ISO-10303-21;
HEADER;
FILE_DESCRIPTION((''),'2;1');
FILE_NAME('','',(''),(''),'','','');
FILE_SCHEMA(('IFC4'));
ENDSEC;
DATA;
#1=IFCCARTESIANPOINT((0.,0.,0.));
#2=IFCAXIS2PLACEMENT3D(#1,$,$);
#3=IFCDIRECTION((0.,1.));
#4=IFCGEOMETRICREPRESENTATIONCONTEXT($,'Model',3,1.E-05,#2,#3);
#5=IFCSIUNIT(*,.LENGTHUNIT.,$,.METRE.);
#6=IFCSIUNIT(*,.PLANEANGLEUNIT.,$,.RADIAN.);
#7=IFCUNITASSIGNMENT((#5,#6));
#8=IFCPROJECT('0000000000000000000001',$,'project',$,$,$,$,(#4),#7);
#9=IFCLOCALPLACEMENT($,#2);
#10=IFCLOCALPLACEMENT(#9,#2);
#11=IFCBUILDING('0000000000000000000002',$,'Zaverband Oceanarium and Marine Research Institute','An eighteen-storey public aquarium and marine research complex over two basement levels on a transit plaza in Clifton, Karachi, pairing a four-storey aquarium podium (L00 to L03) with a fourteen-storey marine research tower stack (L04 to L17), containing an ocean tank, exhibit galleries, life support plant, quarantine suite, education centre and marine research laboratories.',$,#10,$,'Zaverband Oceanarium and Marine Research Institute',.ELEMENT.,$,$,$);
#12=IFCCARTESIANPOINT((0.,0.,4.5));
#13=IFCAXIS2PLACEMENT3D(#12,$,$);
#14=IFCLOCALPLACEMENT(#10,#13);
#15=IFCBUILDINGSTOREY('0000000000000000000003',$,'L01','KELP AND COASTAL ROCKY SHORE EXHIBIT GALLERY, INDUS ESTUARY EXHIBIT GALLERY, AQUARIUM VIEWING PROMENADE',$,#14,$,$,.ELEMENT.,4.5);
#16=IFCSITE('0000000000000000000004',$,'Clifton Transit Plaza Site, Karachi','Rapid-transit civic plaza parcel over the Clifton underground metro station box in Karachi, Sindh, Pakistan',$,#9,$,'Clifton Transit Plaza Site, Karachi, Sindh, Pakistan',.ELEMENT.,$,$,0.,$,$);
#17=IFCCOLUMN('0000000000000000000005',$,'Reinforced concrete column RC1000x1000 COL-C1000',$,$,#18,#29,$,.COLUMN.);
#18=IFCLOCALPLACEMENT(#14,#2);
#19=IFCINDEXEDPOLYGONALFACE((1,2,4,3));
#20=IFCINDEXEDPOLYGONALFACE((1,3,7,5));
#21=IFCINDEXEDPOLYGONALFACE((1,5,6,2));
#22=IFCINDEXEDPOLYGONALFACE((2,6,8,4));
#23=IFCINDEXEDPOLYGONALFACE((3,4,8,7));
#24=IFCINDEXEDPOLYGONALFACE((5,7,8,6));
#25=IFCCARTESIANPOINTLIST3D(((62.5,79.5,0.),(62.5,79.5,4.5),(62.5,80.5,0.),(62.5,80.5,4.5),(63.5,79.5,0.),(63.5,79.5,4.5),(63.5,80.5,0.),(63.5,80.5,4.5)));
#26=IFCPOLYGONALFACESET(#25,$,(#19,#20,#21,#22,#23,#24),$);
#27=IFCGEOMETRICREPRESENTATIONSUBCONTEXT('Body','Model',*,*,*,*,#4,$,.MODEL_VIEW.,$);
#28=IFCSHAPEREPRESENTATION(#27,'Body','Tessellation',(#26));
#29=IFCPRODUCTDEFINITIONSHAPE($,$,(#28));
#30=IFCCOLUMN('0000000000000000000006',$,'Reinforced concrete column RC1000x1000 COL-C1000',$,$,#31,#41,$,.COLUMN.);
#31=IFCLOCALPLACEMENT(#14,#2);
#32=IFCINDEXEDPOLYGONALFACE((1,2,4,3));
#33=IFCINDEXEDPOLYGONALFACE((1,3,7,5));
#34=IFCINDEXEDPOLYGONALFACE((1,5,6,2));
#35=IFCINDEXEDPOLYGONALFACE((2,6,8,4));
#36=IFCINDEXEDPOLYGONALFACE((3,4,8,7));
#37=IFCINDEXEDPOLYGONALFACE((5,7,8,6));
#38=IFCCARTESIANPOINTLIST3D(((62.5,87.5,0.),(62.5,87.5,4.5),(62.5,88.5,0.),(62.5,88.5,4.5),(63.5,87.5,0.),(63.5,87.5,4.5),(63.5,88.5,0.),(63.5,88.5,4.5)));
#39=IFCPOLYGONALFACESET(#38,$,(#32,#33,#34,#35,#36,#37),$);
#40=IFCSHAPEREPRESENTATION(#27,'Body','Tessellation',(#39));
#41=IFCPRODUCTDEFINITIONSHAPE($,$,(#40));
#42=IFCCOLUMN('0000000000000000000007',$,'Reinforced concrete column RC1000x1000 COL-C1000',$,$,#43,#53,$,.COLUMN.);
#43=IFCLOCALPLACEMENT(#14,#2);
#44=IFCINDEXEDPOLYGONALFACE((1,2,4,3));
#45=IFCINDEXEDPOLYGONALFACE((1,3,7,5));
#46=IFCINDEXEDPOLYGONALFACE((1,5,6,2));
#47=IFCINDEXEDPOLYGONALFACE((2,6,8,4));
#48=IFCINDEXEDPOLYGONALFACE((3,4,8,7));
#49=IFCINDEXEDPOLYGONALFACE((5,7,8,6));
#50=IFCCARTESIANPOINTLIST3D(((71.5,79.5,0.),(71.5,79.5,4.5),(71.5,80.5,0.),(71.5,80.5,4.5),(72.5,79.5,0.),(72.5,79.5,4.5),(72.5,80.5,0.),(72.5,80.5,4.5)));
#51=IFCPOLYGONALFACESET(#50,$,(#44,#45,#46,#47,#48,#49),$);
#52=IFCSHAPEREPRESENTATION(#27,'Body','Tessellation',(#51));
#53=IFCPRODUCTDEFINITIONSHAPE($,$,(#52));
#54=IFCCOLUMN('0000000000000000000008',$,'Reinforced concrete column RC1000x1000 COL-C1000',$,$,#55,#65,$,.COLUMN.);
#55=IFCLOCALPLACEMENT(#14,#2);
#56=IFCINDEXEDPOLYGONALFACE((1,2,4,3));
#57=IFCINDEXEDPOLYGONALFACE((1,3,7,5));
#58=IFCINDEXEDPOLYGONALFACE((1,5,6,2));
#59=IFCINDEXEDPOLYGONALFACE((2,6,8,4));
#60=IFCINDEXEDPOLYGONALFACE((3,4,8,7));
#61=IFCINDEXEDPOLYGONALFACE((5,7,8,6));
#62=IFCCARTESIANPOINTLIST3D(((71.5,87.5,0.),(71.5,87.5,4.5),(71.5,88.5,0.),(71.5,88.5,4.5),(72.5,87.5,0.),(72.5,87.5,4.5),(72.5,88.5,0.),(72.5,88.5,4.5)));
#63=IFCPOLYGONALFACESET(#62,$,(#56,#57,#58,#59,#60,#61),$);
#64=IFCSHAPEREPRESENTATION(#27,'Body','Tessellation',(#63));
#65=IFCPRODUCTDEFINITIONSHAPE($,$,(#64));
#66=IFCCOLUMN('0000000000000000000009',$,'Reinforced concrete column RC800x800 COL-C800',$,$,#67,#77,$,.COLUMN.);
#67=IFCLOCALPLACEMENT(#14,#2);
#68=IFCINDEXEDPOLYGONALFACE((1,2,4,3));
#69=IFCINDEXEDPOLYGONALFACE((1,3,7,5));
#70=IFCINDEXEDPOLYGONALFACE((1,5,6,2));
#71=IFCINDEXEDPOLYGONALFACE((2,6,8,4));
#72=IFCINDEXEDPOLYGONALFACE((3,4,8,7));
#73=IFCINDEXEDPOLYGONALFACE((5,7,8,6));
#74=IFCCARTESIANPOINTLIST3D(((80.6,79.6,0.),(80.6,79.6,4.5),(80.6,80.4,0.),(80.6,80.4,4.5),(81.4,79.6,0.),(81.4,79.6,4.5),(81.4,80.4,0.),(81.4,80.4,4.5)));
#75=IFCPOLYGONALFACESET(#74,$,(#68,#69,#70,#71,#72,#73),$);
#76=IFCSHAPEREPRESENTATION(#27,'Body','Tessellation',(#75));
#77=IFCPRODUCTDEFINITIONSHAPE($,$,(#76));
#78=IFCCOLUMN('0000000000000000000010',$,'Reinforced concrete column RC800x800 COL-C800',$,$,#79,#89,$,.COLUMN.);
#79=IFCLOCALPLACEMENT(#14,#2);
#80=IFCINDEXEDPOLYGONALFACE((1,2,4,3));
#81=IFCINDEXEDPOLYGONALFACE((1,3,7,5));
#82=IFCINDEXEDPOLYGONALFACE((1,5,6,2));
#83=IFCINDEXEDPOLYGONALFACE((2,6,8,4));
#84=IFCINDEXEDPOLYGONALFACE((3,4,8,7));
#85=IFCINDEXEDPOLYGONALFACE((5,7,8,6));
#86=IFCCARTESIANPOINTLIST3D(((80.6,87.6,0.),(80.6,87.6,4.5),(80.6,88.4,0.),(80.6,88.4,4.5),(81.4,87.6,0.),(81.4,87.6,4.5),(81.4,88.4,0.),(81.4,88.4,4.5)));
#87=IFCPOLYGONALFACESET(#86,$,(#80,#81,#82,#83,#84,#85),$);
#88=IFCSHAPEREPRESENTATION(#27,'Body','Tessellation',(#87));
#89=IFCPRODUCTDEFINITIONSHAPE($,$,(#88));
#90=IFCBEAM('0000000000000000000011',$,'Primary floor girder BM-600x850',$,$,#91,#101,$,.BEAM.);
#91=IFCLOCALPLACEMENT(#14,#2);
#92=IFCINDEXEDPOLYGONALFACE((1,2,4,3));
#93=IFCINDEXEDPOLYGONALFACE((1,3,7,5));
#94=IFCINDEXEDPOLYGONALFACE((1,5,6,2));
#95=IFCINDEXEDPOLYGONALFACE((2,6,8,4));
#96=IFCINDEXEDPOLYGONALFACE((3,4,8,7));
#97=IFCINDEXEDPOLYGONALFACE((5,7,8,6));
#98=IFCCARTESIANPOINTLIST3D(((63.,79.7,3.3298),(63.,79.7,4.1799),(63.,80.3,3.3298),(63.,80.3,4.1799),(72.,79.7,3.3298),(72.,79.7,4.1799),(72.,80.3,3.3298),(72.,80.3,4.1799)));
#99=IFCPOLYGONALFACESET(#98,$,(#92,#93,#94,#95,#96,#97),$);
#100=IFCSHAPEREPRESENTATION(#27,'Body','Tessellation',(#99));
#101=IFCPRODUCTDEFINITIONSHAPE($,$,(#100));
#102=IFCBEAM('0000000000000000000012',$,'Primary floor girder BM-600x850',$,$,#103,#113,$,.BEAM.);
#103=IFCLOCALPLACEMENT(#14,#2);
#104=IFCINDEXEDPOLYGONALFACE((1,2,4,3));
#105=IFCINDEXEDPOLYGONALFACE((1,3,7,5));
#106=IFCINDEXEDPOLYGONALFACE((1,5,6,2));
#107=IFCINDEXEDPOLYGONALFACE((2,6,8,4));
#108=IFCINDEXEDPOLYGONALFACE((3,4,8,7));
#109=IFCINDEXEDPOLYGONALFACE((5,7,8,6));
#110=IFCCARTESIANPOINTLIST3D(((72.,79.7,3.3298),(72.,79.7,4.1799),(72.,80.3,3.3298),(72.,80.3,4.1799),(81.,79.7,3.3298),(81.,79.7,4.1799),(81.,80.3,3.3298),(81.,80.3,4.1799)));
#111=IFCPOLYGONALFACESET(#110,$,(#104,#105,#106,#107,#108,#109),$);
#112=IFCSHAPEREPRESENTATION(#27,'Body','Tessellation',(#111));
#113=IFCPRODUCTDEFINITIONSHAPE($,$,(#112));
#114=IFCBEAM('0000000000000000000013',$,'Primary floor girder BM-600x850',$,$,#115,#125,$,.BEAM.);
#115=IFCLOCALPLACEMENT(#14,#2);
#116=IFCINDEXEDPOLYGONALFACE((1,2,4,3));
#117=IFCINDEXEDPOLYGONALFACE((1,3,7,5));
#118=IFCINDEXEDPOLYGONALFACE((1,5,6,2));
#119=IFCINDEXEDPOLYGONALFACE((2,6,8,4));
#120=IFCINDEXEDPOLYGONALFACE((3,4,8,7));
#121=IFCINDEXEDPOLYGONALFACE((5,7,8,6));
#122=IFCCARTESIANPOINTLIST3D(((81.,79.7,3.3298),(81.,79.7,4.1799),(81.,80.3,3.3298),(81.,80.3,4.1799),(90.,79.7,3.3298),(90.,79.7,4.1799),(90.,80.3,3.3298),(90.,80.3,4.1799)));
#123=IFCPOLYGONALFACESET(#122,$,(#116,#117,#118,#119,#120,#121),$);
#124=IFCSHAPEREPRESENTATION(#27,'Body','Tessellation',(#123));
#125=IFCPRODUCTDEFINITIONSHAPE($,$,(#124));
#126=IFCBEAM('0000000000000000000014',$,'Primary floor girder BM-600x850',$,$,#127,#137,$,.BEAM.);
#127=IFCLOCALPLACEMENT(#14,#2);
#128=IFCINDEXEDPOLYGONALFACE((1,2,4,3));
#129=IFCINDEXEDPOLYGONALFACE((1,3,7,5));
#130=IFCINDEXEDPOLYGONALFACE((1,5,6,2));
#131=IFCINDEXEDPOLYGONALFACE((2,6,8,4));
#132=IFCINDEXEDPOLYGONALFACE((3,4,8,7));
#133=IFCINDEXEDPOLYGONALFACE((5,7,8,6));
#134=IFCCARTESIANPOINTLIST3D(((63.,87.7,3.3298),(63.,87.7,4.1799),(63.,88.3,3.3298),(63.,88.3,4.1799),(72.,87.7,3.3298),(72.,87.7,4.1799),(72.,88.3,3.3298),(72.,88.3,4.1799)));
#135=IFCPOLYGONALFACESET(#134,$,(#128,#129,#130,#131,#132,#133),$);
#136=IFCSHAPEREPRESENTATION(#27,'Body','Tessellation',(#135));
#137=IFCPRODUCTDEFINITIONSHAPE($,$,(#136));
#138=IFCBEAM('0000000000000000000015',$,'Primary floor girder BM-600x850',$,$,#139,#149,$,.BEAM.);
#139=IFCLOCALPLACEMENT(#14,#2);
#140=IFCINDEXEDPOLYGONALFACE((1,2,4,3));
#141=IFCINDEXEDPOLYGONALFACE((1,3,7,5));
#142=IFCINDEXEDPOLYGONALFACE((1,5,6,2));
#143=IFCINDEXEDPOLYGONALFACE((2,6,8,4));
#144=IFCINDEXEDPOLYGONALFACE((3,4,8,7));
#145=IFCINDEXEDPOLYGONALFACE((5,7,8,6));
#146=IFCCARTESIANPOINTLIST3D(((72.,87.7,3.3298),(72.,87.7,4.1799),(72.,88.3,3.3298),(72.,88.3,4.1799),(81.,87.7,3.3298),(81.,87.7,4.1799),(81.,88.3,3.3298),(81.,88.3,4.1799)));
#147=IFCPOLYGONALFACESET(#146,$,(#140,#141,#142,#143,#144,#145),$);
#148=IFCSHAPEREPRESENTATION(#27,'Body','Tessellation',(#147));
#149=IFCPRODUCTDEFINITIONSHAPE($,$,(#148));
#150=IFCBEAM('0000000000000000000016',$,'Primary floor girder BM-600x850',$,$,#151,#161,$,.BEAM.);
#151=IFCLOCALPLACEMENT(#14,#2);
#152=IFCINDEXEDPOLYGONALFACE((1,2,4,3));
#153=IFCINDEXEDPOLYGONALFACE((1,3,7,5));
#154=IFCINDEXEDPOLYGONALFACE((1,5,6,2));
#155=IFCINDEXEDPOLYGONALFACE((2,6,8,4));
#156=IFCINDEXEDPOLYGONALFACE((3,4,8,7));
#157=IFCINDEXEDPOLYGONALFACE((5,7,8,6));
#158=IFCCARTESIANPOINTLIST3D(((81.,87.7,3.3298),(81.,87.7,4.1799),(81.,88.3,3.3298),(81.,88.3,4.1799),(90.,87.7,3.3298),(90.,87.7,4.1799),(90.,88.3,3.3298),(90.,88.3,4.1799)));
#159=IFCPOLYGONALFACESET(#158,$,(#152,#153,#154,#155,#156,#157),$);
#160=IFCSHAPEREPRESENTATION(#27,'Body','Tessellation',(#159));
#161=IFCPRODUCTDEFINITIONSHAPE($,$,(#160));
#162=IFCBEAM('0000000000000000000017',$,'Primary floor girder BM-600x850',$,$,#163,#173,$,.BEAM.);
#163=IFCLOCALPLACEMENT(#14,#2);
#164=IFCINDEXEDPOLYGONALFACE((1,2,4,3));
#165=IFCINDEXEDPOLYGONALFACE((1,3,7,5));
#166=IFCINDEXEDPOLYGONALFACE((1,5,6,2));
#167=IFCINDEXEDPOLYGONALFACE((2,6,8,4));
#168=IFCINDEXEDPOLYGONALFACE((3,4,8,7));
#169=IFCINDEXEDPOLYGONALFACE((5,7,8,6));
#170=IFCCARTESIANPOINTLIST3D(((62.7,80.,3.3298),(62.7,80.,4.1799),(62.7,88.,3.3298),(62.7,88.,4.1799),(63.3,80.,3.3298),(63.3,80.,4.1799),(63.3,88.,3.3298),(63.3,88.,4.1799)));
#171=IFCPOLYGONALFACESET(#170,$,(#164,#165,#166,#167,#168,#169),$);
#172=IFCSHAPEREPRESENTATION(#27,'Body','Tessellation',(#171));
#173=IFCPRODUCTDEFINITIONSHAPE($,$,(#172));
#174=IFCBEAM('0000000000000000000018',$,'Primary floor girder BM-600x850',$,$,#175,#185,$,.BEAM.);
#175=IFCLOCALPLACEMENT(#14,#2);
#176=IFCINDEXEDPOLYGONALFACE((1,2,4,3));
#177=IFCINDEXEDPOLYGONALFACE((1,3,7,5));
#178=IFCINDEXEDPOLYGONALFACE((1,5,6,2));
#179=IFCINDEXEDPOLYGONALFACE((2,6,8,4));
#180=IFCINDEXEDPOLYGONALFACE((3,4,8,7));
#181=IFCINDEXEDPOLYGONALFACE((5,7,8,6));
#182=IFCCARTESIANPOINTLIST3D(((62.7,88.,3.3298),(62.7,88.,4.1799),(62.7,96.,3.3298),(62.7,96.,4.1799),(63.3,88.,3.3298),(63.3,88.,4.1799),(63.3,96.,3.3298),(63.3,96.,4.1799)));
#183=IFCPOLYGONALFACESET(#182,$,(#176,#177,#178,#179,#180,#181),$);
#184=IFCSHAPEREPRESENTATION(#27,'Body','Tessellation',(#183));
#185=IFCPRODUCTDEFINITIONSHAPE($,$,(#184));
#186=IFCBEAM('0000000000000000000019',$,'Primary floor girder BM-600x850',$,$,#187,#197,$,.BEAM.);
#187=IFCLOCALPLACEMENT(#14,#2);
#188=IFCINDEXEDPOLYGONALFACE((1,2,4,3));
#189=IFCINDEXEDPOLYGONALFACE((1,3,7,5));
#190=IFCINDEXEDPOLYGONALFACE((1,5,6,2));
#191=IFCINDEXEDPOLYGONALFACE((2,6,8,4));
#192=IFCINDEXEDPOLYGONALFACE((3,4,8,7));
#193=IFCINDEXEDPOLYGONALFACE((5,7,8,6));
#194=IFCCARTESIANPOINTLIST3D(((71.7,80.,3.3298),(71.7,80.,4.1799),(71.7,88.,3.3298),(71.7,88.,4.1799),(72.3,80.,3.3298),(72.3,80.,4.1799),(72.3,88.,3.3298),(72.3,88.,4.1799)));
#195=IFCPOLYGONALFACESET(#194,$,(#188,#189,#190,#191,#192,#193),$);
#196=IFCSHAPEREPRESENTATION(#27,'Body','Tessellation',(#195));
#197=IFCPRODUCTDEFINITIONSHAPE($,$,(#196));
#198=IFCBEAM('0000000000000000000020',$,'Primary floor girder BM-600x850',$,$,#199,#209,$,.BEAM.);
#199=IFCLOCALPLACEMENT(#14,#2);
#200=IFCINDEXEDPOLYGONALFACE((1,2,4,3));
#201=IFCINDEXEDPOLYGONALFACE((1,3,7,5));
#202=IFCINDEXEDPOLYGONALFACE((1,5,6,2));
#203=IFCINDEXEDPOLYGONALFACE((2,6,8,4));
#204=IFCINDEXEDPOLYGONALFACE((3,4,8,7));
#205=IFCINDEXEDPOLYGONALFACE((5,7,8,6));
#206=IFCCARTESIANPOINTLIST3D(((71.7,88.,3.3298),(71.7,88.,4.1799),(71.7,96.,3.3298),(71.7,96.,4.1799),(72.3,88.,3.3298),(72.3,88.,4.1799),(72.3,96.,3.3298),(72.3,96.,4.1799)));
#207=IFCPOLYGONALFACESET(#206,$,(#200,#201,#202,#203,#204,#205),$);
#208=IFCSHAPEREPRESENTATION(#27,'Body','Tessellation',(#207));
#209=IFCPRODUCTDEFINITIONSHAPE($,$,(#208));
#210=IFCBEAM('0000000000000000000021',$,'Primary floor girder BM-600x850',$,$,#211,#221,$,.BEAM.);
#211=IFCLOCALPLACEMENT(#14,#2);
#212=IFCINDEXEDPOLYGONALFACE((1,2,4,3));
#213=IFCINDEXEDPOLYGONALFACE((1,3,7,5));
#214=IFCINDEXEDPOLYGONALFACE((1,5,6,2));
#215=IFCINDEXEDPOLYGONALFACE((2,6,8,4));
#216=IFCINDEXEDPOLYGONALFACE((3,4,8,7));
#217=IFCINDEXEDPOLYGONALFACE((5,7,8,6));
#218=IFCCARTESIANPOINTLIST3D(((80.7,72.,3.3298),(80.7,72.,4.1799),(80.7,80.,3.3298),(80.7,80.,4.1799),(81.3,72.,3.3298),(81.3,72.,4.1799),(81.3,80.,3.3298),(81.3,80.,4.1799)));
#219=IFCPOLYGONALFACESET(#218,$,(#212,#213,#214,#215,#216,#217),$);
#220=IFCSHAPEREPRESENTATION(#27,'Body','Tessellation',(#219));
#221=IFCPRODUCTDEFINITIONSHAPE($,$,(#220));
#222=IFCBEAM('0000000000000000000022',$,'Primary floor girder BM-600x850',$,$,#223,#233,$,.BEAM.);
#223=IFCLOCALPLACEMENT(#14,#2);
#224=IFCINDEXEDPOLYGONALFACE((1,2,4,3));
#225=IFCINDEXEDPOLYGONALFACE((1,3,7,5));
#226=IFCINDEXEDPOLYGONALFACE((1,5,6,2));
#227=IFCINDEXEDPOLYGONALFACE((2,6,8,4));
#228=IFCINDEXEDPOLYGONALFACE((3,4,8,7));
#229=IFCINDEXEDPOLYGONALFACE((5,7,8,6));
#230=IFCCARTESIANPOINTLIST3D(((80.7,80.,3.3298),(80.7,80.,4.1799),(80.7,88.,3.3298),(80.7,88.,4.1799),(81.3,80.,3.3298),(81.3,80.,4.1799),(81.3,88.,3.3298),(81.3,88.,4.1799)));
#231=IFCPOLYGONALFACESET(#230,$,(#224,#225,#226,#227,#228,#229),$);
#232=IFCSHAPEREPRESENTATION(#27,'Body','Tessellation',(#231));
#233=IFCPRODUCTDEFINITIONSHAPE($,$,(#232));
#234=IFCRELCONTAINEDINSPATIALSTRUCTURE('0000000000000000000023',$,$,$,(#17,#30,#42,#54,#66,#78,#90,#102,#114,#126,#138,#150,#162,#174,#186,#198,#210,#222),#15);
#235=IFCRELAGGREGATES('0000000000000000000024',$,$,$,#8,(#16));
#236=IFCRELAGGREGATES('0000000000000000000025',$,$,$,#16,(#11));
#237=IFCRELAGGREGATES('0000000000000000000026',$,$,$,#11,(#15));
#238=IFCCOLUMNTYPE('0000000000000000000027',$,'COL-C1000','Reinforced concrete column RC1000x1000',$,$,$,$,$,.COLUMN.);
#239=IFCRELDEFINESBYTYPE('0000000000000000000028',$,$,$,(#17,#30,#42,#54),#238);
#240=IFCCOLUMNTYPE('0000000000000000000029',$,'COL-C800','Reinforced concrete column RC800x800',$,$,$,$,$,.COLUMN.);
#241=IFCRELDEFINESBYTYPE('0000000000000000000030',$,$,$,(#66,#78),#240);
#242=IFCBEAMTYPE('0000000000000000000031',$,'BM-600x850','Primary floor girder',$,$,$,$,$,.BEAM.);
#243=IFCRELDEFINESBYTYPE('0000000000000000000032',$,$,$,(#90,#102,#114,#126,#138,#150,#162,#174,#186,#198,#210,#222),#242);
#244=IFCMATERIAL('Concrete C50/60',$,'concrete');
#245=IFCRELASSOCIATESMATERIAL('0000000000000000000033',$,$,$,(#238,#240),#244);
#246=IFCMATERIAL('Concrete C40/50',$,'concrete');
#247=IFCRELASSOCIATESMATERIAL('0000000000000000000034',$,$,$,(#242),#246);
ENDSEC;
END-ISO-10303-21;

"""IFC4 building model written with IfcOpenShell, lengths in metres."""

from ifc_helpers import new_model, si_unit, direction, frame, origin, origin_2d, place, context, subcontext, project, spatial, rectangle, extrude, material, material_profile, profile_set, type_object, element, save


model = new_model("IFC4")

# Units and contexts
model_context = context("Model", 3, precision=1e-05, world=origin(), true_north=direction((0.0, 1.0)))
body_context = subcontext(model_context, "Body", "Model", "MODEL_VIEW")
ifc_project = project(units=[si_unit("LENGTHUNIT", "METRE"), si_unit("PLANEANGLEUNIT", "RADIAN")], contexts=[model_context])

# Site, building, storey
site_placement = place(None, origin())
site = spatial("IfcSite", under=ifc_project, at=site_placement, Name="Clifton Transit Plaza Site, Karachi", Description="Rapid-transit civic plaza parcel over the Clifton underground metro station box in Karachi, Sindh, Pakistan", LongName="Clifton Transit Plaza Site, Karachi, Sindh, Pakistan", CompositionType="ELEMENT", RefElevation=0.0)
building_placement = place(site_placement, origin())
building = spatial("IfcBuilding", under=site, at=building_placement, Name="Zaverband Oceanarium and Marine Research Institute", Description="An eighteen-storey public aquarium and marine research complex over two basement levels on a transit plaza in Clifton, Karachi, pairing a four-storey aquarium podium (L00 to L03) with a fourteen-storey marine research tower stack (L04 to L17), containing an ocean tank, exhibit galleries, life support plant, quarantine suite, education centre and marine research laboratories.", LongName="Zaverband Oceanarium and Marine Research Institute", CompositionType="ELEMENT")
storey_placement = place(building_placement, frame((0.0, 0.0, 4.5)))
storey = spatial("IfcBuildingStorey", under=building, at=storey_placement, Name="L01", Description="KELP AND COASTAL ROCKY SHORE EXHIBIT GALLERY, INDUS ESTUARY EXHIBIT GALLERY, AQUARIUM VIEWING PROMENADE", CompositionType="ELEMENT", Elevation=4.5)

# Columns
ifc_material_1 = material(Name="Concrete C50/60", Category="concrete")
ifc_material_profile_1 = material_profile(ifc_material_1, rectangle(XDim=1.0, YDim=1.0, at=origin_2d()), Name="RC1000x1000")
ifc_profile_set_1 = profile_set([ifc_material_profile_1], Name="Concrete C50/60")
column_type_1 = type_object("IfcColumnType", Name="COL-C1000", Description="Reinforced concrete column RC1000x1000", PredefinedType="COLUMN", material=ifc_profile_set_1)
for number, where, z_axis, x_axis, name in (
    (1, (63.0, 80.0, 0.0), (0.0, 0.0, 1.0), (1.0, 0.0, 0.0), "Reinforced concrete column RC1000x1000 COL-C1000"),
    (2, (63.0, 88.0, 0.0), (0.0, 0.0, 1.0), (1.0, 0.0, 0.0), "Reinforced concrete column RC1000x1000 COL-C1000"),
    (3, (72.0, 80.0, 0.0), (0.0, 0.0, 1.0), (1.0, 0.0, 0.0), "Reinforced concrete column RC1000x1000 COL-C1000"),
    (4, (72.0, 88.0, 0.0), (0.0, 0.0, 1.0), (1.0, 0.0, 0.0), "Reinforced concrete column RC1000x1000 COL-C1000"),
):
    element("IfcColumn", number, at=place(storey_placement, frame(where, z_axis=z_axis, x_axis=x_axis)), inside=storey, type_object=column_type_1, Name=name, PredefinedType="COLUMN", context=body_context, shape_type="SweptSolid", body=[
        extrude(rectangle(XDim=1.0, YDim=1.0, at=origin_2d()), origin(), (0.0, 0.0, 1.0), 4.5),
    ])
ifc_material_profile_2 = material_profile(ifc_material_1, rectangle(XDim=0.8, YDim=0.8, at=origin_2d()), Name="RC800x800")
ifc_profile_set_2 = profile_set([ifc_material_profile_2], Name="Concrete C50/60")
column_type_2 = type_object("IfcColumnType", Name="COL-C800", Description="Reinforced concrete column RC800x800", PredefinedType="COLUMN", material=ifc_profile_set_2)
for number, where, z_axis, x_axis, name in (
    (5, (81.0, 80.0, 0.0), (0.0, 0.0, 1.0), (1.0, 0.0, 0.0), "Reinforced concrete column RC800x800 COL-C800"),
    (6, (81.0, 88.0, 0.0), (0.0, 0.0, 1.0), (1.0, 0.0, 0.0), "Reinforced concrete column RC800x800 COL-C800"),
):
    element("IfcColumn", number, at=place(storey_placement, frame(where, z_axis=z_axis, x_axis=x_axis)), inside=storey, type_object=column_type_2, Name=name, PredefinedType="COLUMN", context=body_context, shape_type="SweptSolid", body=[
        extrude(rectangle(XDim=0.8, YDim=0.8, at=origin_2d()), origin(), (0.0, 0.0, 1.0), 4.5),
    ])

# Beams
ifc_material_2 = material(Name="Concrete C40/50", Category="concrete")
ifc_material_profile_3 = material_profile(ifc_material_2, rectangle(XDim=0.6001, YDim=0.8501, at=origin_2d()), Name="RC600x850")
ifc_profile_set_3 = profile_set([ifc_material_profile_3], Name="Concrete C40/50")
beam_type_1 = type_object("IfcBeamType", Name="BM-600x850", Description="Primary floor girder", PredefinedType="BEAM", material=ifc_profile_set_3)
for number, where, z_axis, x_axis, name in (
    (7, (63.0, 80.0, 3.7549), (1.0, 0.0, 0.0), (0.0, 1.0, 0.0), "Primary floor girder BM-600x850"),
    (8, (72.0, 80.0, 3.7549), (1.0, 0.0, 0.0), (0.0, 1.0, 0.0), "Primary floor girder BM-600x850"),
    (9, (81.0, 80.0, 3.7549), (1.0, 0.0, 0.0), (0.0, 1.0, 0.0), "Primary floor girder BM-600x850"),
    (10, (63.0, 88.0, 3.7549), (1.0, 0.0, 0.0), (0.0, 1.0, 0.0), "Primary floor girder BM-600x850"),
    (11, (72.0, 88.0, 3.7549), (1.0, 0.0, 0.0), (0.0, 1.0, 0.0), "Primary floor girder BM-600x850"),
    (12, (81.0, 88.0, 3.7549), (1.0, 0.0, 0.0), (0.0, 1.0, 0.0), "Primary floor girder BM-600x850"),
):
    element("IfcBeam", number, at=place(storey_placement, frame(where, z_axis=z_axis, x_axis=x_axis)), inside=storey, type_object=beam_type_1, Name=name, PredefinedType="BEAM", context=body_context, shape_type="SweptSolid", body=[
        extrude(rectangle(XDim=0.6001, YDim=0.8501, at=origin_2d()), origin(), (0.0, 0.0, 1.0), 9.0),
    ])
for number, where, z_axis, x_axis, name in (
    (13, (63.0, 80.0, 3.7549), (0.0, 1.0, 0.0), (-1.0, 0.0, 0.0), "Primary floor girder BM-600x850"),
    (14, (63.0, 88.0, 3.7549), (0.0, 1.0, 0.0), (-1.0, 0.0, 0.0), "Primary floor girder BM-600x850"),
    (15, (72.0, 80.0, 3.7549), (0.0, 1.0, 0.0), (-1.0, 0.0, 0.0), "Primary floor girder BM-600x850"),
    (16, (72.0, 88.0, 3.7549), (0.0, 1.0, 0.0), (-1.0, 0.0, 0.0), "Primary floor girder BM-600x850"),
    (17, (81.0, 72.0, 3.7549), (0.0, 1.0, 0.0), (-1.0, 0.0, 0.0), "Primary floor girder BM-600x850"),
    (18, (81.0, 80.0, 3.7549), (0.0, 1.0, 0.0), (-1.0, 0.0, 0.0), "Primary floor girder BM-600x850"),
):
    element("IfcBeam", number, at=place(storey_placement, frame(where, z_axis=z_axis, x_axis=x_axis)), inside=storey, type_object=beam_type_1, Name=name, PredefinedType="BEAM", context=body_context, shape_type="SweptSolid", body=[
        extrude(rectangle(XDim=0.6001, YDim=0.8501, at=origin_2d()), origin(), (0.0, 0.0, 1.0), 8.0),
    ])

save(model, "model.ifc")
